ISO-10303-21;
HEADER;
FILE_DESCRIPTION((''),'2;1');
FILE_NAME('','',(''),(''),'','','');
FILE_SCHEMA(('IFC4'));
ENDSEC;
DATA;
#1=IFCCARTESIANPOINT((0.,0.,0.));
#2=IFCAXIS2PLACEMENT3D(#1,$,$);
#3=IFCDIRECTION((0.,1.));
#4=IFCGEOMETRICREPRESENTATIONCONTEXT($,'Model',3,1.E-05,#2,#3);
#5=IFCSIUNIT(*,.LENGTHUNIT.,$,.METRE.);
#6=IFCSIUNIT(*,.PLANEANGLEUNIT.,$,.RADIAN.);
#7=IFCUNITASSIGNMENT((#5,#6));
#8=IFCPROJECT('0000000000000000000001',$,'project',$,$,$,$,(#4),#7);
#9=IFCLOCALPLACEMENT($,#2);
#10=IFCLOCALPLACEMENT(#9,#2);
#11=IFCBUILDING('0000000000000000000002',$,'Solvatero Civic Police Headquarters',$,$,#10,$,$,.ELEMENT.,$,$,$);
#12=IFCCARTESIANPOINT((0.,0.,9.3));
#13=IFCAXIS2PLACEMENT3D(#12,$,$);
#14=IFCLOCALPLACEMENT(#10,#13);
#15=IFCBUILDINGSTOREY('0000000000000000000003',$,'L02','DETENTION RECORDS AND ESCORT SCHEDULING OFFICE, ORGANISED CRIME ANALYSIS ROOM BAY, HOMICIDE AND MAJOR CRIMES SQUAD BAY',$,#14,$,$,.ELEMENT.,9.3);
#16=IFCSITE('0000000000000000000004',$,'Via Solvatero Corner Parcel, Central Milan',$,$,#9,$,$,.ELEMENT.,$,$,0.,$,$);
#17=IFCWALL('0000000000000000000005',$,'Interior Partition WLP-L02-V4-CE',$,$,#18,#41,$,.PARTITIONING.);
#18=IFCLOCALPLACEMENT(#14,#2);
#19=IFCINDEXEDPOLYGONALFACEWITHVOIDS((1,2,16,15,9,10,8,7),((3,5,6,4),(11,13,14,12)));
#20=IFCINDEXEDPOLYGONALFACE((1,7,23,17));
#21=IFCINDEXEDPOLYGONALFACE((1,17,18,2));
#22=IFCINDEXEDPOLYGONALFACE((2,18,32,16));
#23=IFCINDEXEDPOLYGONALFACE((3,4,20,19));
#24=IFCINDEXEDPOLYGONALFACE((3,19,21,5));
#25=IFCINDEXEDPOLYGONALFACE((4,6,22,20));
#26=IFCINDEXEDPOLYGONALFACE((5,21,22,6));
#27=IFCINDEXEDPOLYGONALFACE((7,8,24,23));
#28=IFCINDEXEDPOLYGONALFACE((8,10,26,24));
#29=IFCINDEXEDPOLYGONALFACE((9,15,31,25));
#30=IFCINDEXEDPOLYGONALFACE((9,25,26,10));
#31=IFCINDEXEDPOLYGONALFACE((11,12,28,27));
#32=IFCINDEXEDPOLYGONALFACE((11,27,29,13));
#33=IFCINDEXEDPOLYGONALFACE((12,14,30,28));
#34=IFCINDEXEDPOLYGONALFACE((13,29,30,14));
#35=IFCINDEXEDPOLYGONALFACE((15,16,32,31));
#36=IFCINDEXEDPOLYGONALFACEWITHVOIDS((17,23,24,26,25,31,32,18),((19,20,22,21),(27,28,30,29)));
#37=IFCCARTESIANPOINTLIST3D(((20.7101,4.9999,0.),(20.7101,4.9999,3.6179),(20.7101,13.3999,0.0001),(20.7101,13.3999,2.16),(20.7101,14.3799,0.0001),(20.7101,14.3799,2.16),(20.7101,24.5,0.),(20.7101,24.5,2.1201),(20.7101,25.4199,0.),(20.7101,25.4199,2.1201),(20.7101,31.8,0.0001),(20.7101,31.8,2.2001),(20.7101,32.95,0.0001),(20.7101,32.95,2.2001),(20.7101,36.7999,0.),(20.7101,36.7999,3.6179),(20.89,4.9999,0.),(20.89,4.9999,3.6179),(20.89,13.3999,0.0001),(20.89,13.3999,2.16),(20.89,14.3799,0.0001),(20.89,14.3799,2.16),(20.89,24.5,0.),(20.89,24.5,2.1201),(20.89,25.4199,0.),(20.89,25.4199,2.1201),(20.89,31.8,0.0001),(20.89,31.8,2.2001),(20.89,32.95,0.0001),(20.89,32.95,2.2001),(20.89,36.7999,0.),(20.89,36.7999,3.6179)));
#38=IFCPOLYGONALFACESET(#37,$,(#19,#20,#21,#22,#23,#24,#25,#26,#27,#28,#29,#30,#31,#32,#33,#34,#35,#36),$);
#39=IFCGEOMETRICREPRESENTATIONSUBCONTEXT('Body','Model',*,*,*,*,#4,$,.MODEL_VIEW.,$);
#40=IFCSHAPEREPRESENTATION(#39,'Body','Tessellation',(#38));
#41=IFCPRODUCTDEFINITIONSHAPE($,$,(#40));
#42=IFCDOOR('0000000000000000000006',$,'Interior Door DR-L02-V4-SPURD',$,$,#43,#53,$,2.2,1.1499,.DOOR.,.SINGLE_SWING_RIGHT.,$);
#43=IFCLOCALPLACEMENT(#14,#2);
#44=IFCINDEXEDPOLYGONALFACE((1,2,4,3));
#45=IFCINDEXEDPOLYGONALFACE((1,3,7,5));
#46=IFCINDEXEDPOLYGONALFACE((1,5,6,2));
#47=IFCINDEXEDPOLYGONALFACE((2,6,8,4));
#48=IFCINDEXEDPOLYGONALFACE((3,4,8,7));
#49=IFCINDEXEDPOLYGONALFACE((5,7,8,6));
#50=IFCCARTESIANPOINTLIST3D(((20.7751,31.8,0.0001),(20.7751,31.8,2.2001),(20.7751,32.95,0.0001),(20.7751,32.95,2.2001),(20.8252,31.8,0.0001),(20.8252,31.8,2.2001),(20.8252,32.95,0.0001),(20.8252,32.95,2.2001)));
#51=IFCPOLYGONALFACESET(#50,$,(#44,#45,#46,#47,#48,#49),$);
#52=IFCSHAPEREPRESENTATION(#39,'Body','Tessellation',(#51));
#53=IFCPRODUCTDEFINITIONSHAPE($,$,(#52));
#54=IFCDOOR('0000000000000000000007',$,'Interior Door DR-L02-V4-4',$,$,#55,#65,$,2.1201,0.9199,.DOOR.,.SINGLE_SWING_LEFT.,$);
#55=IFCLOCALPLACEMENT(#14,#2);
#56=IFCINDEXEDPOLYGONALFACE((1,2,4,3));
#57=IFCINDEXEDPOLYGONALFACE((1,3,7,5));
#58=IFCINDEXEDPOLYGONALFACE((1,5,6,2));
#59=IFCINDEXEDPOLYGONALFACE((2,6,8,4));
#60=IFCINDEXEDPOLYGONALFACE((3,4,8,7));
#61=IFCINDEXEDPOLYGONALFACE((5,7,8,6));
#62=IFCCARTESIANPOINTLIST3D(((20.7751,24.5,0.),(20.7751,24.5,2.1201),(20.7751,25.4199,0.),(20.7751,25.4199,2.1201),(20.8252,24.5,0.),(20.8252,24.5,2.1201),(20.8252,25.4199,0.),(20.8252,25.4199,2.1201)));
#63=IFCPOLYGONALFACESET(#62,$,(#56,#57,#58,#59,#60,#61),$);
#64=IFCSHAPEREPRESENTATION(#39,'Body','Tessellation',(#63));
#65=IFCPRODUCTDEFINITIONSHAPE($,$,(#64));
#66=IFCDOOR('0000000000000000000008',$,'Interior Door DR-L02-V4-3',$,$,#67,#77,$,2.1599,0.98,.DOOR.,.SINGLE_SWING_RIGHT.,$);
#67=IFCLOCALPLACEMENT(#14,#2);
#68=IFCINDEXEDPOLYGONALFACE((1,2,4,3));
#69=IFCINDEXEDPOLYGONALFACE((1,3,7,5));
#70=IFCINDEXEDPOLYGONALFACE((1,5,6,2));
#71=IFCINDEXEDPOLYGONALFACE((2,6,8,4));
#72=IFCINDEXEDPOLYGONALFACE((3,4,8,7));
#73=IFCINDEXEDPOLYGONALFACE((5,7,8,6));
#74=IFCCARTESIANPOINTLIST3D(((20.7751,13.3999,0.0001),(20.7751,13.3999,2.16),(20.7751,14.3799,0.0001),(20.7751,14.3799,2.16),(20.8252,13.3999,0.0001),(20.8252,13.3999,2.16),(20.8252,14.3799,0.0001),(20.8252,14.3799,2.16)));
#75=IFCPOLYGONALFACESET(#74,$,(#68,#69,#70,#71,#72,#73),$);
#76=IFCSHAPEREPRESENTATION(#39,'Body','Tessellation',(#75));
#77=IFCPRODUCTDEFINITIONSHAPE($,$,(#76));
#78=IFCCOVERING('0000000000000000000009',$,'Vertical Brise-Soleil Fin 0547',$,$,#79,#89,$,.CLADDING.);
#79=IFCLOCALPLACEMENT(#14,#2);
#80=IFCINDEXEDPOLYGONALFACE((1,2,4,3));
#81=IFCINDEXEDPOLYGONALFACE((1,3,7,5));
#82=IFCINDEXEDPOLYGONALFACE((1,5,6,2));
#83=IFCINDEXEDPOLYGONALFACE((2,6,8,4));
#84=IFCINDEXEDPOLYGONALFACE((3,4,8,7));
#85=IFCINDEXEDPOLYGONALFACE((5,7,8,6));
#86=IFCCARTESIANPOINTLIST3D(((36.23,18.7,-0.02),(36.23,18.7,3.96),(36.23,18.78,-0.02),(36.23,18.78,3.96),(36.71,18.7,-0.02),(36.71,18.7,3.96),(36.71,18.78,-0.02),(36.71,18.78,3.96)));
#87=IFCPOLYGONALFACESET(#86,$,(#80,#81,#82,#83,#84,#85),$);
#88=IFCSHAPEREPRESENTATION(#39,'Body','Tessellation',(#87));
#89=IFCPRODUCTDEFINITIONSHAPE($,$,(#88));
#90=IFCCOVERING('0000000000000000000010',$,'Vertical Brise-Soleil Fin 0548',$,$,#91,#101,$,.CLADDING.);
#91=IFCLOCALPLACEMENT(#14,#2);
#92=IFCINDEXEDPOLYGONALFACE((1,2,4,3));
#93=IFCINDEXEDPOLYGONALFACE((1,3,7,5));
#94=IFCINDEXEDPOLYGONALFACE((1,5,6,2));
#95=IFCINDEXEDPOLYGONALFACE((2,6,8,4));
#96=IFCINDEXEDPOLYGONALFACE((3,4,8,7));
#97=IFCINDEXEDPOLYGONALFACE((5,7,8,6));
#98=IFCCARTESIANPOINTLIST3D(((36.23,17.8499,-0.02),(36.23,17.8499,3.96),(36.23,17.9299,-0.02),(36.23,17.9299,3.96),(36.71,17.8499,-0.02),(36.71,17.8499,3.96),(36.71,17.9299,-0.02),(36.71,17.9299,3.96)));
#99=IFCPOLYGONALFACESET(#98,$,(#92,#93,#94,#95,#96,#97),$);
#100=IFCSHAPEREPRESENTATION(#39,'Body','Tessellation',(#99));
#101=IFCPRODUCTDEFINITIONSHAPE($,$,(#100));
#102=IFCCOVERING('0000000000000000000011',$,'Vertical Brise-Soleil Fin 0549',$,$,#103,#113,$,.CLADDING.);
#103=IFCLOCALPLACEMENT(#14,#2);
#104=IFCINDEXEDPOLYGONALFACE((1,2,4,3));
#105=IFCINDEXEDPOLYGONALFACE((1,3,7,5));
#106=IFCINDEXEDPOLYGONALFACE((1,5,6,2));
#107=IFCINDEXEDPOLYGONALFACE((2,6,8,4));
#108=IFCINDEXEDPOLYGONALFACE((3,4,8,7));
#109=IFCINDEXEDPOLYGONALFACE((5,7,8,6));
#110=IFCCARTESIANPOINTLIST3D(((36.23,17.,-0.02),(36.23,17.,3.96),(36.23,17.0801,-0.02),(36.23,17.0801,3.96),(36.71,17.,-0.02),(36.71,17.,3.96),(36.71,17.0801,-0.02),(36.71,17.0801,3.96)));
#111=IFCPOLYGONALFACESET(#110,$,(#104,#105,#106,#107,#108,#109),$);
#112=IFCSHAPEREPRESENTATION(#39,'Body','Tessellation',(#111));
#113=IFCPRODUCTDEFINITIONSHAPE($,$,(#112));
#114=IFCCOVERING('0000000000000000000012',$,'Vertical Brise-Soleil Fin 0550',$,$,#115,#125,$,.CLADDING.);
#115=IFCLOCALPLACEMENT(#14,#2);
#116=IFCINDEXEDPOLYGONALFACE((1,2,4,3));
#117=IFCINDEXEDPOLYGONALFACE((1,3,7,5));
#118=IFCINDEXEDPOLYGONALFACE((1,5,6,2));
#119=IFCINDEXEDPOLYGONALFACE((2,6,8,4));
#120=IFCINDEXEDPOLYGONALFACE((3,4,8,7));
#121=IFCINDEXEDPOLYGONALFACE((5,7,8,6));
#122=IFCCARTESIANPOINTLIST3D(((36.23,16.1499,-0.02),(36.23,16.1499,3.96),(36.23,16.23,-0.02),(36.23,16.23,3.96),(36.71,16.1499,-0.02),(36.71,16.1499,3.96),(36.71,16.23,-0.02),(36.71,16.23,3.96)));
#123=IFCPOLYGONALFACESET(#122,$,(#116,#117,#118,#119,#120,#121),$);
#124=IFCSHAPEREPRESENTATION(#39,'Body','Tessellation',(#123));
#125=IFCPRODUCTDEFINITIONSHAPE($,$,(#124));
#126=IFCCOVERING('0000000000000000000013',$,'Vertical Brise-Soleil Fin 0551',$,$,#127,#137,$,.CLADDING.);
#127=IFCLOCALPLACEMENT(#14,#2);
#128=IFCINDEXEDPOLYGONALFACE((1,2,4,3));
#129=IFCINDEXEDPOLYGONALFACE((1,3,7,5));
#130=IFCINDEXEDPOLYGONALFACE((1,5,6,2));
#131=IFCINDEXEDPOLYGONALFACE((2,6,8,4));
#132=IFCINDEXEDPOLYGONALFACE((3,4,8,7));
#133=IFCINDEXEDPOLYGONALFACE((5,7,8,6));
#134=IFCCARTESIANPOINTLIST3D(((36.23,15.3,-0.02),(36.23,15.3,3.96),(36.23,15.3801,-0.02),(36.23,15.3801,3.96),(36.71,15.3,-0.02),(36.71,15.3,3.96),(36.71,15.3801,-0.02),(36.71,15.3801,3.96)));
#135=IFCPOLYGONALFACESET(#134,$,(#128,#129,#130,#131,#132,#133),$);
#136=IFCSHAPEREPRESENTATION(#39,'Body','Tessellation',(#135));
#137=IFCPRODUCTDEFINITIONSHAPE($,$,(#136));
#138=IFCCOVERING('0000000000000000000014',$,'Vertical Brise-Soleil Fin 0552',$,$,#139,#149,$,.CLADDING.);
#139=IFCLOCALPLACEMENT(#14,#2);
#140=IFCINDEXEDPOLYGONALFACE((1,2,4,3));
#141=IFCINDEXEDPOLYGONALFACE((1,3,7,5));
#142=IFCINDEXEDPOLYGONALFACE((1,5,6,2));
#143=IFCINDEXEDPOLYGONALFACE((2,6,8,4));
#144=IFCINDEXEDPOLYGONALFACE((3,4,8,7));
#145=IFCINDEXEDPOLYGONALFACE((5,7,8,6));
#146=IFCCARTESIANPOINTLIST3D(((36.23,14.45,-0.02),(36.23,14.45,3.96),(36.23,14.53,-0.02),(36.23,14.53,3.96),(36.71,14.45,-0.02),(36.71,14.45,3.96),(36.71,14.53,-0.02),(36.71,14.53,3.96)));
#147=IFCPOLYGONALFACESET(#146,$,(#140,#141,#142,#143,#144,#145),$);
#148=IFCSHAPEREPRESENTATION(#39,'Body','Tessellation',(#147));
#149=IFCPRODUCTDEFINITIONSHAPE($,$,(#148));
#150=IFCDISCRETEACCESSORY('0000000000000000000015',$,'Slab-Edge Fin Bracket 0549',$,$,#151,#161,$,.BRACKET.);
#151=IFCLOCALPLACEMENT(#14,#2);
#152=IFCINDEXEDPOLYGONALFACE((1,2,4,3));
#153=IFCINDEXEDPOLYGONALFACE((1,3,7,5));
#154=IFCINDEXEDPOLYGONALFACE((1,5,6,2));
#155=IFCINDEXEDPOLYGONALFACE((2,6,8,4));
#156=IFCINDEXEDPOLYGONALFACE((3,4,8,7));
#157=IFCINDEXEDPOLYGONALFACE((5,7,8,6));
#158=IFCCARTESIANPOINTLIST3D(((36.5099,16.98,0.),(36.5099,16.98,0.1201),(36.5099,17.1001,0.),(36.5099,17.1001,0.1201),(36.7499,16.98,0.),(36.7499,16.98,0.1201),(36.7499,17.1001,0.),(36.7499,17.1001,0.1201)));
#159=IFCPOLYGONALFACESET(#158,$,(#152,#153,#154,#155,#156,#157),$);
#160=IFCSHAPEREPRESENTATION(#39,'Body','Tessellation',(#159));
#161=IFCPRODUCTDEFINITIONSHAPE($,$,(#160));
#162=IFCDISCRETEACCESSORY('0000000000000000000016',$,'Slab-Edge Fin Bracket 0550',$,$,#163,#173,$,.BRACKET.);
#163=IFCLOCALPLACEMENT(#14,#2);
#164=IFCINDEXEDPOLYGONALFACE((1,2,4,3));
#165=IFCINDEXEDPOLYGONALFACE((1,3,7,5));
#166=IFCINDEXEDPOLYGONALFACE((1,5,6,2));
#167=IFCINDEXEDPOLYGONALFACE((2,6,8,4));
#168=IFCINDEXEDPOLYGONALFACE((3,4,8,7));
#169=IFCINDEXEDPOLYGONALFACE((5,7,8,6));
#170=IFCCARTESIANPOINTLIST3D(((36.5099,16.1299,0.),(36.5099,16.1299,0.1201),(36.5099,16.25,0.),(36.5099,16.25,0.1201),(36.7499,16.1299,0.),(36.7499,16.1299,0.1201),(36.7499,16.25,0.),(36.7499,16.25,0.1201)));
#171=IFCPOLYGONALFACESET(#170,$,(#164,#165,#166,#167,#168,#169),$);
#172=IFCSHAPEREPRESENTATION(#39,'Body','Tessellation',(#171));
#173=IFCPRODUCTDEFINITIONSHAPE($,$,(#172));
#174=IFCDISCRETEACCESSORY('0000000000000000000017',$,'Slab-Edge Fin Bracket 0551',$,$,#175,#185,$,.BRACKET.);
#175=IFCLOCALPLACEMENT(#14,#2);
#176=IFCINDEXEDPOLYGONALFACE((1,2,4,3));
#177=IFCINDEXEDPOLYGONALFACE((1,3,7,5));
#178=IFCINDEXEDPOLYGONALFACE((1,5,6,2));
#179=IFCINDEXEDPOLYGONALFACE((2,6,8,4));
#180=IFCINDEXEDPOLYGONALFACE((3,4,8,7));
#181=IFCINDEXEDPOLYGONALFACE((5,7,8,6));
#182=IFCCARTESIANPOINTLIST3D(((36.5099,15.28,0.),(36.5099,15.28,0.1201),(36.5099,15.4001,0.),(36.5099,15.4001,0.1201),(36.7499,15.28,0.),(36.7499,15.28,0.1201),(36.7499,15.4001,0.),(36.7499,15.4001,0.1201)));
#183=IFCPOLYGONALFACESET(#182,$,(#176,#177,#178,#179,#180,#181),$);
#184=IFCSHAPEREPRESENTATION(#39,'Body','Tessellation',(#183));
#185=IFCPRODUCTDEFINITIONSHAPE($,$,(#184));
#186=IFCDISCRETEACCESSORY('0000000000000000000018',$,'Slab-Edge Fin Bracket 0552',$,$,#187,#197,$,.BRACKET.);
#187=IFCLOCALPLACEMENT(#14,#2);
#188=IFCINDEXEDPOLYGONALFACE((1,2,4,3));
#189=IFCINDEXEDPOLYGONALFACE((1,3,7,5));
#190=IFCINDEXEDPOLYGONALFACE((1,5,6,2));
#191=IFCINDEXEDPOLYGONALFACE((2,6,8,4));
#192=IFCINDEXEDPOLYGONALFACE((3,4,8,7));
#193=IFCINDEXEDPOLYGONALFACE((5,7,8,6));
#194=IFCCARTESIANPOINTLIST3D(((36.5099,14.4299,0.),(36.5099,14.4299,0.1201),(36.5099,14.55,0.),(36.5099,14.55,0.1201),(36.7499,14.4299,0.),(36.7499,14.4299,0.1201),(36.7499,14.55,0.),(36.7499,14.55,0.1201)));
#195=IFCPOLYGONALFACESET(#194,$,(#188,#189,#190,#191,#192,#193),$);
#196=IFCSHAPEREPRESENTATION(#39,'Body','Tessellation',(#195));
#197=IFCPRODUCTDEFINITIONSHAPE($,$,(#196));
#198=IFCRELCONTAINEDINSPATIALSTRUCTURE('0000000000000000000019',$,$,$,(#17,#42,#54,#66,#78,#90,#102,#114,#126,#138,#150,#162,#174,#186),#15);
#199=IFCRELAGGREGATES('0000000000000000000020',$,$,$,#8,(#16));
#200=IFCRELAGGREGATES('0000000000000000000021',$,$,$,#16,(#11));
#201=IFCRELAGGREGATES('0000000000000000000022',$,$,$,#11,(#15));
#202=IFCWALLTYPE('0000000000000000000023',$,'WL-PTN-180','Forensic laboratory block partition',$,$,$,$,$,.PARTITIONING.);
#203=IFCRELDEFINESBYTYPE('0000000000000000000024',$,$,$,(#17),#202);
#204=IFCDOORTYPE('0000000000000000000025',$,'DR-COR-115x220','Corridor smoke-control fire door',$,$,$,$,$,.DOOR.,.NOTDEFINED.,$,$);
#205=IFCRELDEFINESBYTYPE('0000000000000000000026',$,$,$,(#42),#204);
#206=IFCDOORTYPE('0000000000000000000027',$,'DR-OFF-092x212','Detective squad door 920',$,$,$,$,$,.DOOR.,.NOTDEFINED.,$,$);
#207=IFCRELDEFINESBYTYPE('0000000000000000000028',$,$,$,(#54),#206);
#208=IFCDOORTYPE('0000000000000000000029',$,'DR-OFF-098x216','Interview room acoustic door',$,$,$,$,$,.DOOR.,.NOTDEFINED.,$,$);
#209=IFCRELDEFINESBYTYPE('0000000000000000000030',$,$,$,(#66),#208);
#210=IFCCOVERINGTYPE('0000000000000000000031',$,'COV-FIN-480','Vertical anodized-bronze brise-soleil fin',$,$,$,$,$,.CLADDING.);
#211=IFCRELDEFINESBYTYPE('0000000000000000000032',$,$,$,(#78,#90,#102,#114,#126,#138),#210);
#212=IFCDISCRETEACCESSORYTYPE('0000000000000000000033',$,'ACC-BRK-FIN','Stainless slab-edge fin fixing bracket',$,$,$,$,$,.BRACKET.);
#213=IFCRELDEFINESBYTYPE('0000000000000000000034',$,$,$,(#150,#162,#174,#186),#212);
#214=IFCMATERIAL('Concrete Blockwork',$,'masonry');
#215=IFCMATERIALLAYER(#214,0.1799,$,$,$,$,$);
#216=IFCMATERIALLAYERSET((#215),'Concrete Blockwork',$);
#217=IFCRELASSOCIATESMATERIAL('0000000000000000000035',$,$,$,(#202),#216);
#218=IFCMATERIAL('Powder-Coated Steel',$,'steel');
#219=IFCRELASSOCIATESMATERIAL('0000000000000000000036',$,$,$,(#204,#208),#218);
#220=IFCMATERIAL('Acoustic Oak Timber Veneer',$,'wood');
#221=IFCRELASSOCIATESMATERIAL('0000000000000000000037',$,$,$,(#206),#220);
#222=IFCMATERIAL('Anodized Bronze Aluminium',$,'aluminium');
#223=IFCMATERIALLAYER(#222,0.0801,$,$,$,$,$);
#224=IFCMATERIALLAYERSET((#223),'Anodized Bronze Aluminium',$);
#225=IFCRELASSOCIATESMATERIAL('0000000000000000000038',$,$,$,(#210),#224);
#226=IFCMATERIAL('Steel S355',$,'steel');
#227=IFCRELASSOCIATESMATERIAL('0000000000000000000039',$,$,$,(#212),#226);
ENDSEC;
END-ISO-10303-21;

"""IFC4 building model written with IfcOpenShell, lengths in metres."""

from ifc_helpers import new_model, si_unit, direction, frame, frame_2d, origin, origin_2d, place, context, subcontext, project, spatial, rectangle, extrude, material, layer, layer_set, type_object, element, fill, save


model = new_model("IFC4")

# Units and contexts
model_context = context("Model", 3, precision=1e-05, world=origin(), true_north=direction((0.0, 1.0)))
body_context = subcontext(model_context, "Body", "Model", "MODEL_VIEW")
ifc_project = project(units=[si_unit("LENGTHUNIT", "METRE"), si_unit("PLANEANGLEUNIT", "RADIAN")], contexts=[model_context])

# Site, building, storey
site_placement = place(None, origin())
site = spatial("IfcSite", under=ifc_project, at=site_placement, Name="Via Solvatero Corner Parcel, Central Milan", CompositionType="ELEMENT", RefElevation=0.0)
building_placement = place(site_placement, origin())
building = spatial("IfcBuilding", under=site, at=building_placement, Name="Solvatero Civic Police Headquarters", CompositionType="ELEMENT")
storey_placement = place(building_placement, frame((0.0, 0.0, 9.3)))
storey = spatial("IfcBuildingStorey", under=building, at=storey_placement, Name="L02", Description="DETENTION RECORDS AND ESCORT SCHEDULING OFFICE, ORGANISED CRIME ANALYSIS ROOM BAY, HOMICIDE AND MAJOR CRIMES SQUAD BAY", CompositionType="ELEMENT", Elevation=9.3)

# Shared definitions
ifc_material_1 = material(Name="Steel S355", Category="steel")

# Shared definitions
ifc_material_2 = material(Name="Anodized Bronze Aluminium", Category="aluminium")

# Wall, openings, doors
ifc_material_3 = material(Name="Concrete Blockwork", Category="masonry")
ifc_layer_1 = layer(ifc_material_3, 0.1799)
ifc_layer_set_1 = layer_set([ifc_layer_1], Name="Concrete Blockwork")
wall_type_1 = type_object("IfcWallType", Name="WL-PTN-180", Description="Forensic laboratory block partition", PredefinedType="PARTITIONING", material=ifc_layer_set_1)
wall_1_placement = place(storey_placement, frame((20.8, 5.0, 0.0), z_axis=(0.0, 0.0, 1.0), x_axis=(0.0, 1.0, 0.0)))
wall_1 = element("IfcWall", 1, at=wall_1_placement, inside=storey, type_object=wall_type_1, Name="Interior Partition WLP-L02-V4-CE", PredefinedType="PARTITIONING", context=body_context, shape_type="SweptSolid", body=[
    extrude(rectangle(XDim=31.8, YDim=0.1799, at=frame_2d((15.8999, 0.0))), origin(), (0.0, 0.0, 1.0), 3.6179),
])
opening_1_placement = place(wall_1_placement, frame((8.3999, 0.0, 0.0)))
opening_1 = element("IfcOpeningElement", 2, at=opening_1_placement, cuts=wall_1, PredefinedType="OPENING", context=body_context, shape_type="SweptSolid", body=[
    extrude(rectangle(XDim=0.98, YDim=2.1599, at=frame_2d((0.49, 1.0801))), frame((0.0, 0.0999, 0.0), z_axis=(0.0, -1.0, 0.0), x_axis=(1.0, 0.0, 0.0)), (0.0, 0.0, 1.0), 0.2),
])
opening_2_placement = place(wall_1_placement, frame((19.5, 0.0, 0.0)))
opening_2 = element("IfcOpeningElement", 3, at=opening_2_placement, cuts=wall_1, PredefinedType="OPENING", context=body_context, shape_type="SweptSolid", body=[
    extrude(rectangle(XDim=0.9199, YDim=2.1201, at=frame_2d((0.46, 1.0601))), frame((0.0, 0.0999, 0.0), z_axis=(0.0, -1.0, 0.0), x_axis=(1.0, 0.0, 0.0)), (0.0, 0.0, 1.0), 0.2),
])
opening_3_placement = place(wall_1_placement, frame((26.8, 0.0, 0.0)))
opening_3 = element("IfcOpeningElement", 4, at=opening_3_placement, cuts=wall_1, PredefinedType="OPENING", context=body_context, shape_type="SweptSolid", body=[
    extrude(rectangle(XDim=1.1499, YDim=2.2, at=frame_2d((0.575, 1.1001))), frame((0.0, 0.0999, 0.0), z_axis=(0.0, -1.0, 0.0), x_axis=(1.0, 0.0, 0.0)), (0.0, 0.0, 1.0), 0.2),
])
ifc_material_4 = material(Name="Powder-Coated Steel", Category="steel")
door_type_1 = type_object("IfcDoorType", Name="DR-COR-115x220", Description="Corridor smoke-control fire door", OperationType="NOTDEFINED", PredefinedType="DOOR", material=ifc_material_4)
door_1_placement = place(opening_3_placement, origin())
door_1 = element("IfcDoor", 5, at=door_1_placement, inside=storey, type_object=door_type_1, Name="Interior Door DR-L02-V4-SPURD", OperationType="SINGLE_SWING_RIGHT", OverallHeight=2.2, OverallWidth=1.1499, PredefinedType="DOOR", context=body_context, shape_type="SweptSolid", body=[
    extrude(rectangle(XDim=1.1499, YDim=2.2, at=frame_2d((0.575, 1.1001))), frame((0.0, 0.0249, 0.0), z_axis=(0.0, -1.0, 0.0), x_axis=(1.0, 0.0, 0.0)), (0.0, 0.0, 1.0), 0.05),
])
fill(opening_3, door_1)
ifc_material_5 = material(Name="Acoustic Oak Timber Veneer", Category="wood")
door_type_2 = type_object("IfcDoorType", Name="DR-OFF-092x212", Description="Detective squad door 920", OperationType="NOTDEFINED", PredefinedType="DOOR", material=ifc_material_5)
door_2_placement = place(opening_2_placement, origin())
door_2 = element("IfcDoor", 6, at=door_2_placement, inside=storey, type_object=door_type_2, Name="Interior Door DR-L02-V4-4", OperationType="SINGLE_SWING_LEFT", OverallHeight=2.1201, OverallWidth=0.9199, PredefinedType="DOOR", context=body_context, shape_type="SweptSolid", body=[
    extrude(rectangle(XDim=0.9199, YDim=2.1201, at=frame_2d((0.46, 1.0601))), frame((0.0, 0.0249, 0.0), z_axis=(0.0, -1.0, 0.0), x_axis=(1.0, 0.0, 0.0)), (0.0, 0.0, 1.0), 0.05),
])
fill(opening_2, door_2)
door_type_3 = type_object("IfcDoorType", Name="DR-OFF-098x216", Description="Interview room acoustic door", OperationType="NOTDEFINED", PredefinedType="DOOR", material=ifc_material_4)
door_3_placement = place(opening_1_placement, origin())
door_3 = element("IfcDoor", 7, at=door_3_placement, inside=storey, type_object=door_type_3, Name="Interior Door DR-L02-V4-3", OperationType="SINGLE_SWING_RIGHT", OverallHeight=2.1599, OverallWidth=0.98, PredefinedType="DOOR", context=body_context, shape_type="SweptSolid", body=[
    extrude(rectangle(XDim=0.98, YDim=2.1599, at=frame_2d((0.49, 1.0801))), frame((0.0, 0.0249, 0.0), z_axis=(0.0, -1.0, 0.0), x_axis=(1.0, 0.0, 0.0)), (0.0, 0.0, 1.0), 0.05),
])
fill(opening_1, door_3)

# Coverings
ifc_layer_2 = layer(ifc_material_2, 0.0801)
ifc_layer_set_2 = layer_set([ifc_layer_2], Name="Anodized Bronze Aluminium")
covering_type = type_object("IfcCoveringType", Name="COV-FIN-480", Description="Vertical anodized-bronze brise-soleil fin", PredefinedType="CLADDING", material=ifc_layer_set_2)
for number, where, z_axis, x_axis, name in (
    (8, (36.47, 18.74, -0.02), (0.0, 0.0, 1.0), (0.0, -1.0, 0.0), "Vertical Brise-Soleil Fin 0547"),
    (9, (36.47, 17.8899, -0.02), (0.0, 0.0, 1.0), (0.0, -1.0, 0.0), "Vertical Brise-Soleil Fin 0548"),
    (10, (36.47, 17.04, -0.02), (0.0, 0.0, 1.0), (0.0, -1.0, 0.0), "Vertical Brise-Soleil Fin 0549"),
    (11, (36.47, 16.1899, -0.02), (0.0, 0.0, 1.0), (0.0, -1.0, 0.0), "Vertical Brise-Soleil Fin 0550"),
    (12, (36.47, 15.3401, -0.02), (0.0, 0.0, 1.0), (0.0, -1.0, 0.0), "Vertical Brise-Soleil Fin 0551"),
    (13, (36.47, 14.49, -0.02), (0.0, 0.0, 1.0), (0.0, -1.0, 0.0), "Vertical Brise-Soleil Fin 0552"),
):
    element("IfcCovering", number, at=place(storey_placement, frame(where, z_axis=z_axis, x_axis=x_axis)), inside=storey, type_object=covering_type, Name=name, PredefinedType="CLADDING", context=body_context, shape_type="SweptSolid", body=[
        extrude(rectangle(XDim=0.0801, YDim=0.48, at=origin_2d()), origin(), (0.0, 0.0, 1.0), 3.98),
    ])

# Discrete accessories
discrete_accessory_type = type_object("IfcDiscreteAccessoryType", Name="ACC-BRK-FIN", Description="Stainless slab-edge fin fixing bracket", PredefinedType="BRACKET", material=ifc_material_1)
for number, where, z_axis, x_axis, name in (
    (14, (36.6299, 17.04, 0.0), (0.0, 0.0, 1.0), (0.0, -1.0, 0.0), "Slab-Edge Fin Bracket 0549"),
    (15, (36.6299, 16.1899, 0.0), (0.0, 0.0, 1.0), (0.0, -1.0, 0.0), "Slab-Edge Fin Bracket 0550"),
    (16, (36.6299, 15.3401, 0.0), (0.0, 0.0, 1.0), (0.0, -1.0, 0.0), "Slab-Edge Fin Bracket 0551"),
    (17, (36.6299, 14.49, 0.0), (0.0, 0.0, 1.0), (0.0, -1.0, 0.0), "Slab-Edge Fin Bracket 0552"),
):
    element("IfcDiscreteAccessory", number, at=place(storey_placement, frame(where, z_axis=z_axis, x_axis=x_axis)), inside=storey, type_object=discrete_accessory_type, Name=name, PredefinedType="BRACKET", context=body_context, shape_type="SweptSolid", body=[
        extrude(rectangle(XDim=0.1201, YDim=0.24, at=origin_2d()), origin(), (0.0, 0.0, 1.0), 0.1201),
    ])

save(model, "model.ifc")
